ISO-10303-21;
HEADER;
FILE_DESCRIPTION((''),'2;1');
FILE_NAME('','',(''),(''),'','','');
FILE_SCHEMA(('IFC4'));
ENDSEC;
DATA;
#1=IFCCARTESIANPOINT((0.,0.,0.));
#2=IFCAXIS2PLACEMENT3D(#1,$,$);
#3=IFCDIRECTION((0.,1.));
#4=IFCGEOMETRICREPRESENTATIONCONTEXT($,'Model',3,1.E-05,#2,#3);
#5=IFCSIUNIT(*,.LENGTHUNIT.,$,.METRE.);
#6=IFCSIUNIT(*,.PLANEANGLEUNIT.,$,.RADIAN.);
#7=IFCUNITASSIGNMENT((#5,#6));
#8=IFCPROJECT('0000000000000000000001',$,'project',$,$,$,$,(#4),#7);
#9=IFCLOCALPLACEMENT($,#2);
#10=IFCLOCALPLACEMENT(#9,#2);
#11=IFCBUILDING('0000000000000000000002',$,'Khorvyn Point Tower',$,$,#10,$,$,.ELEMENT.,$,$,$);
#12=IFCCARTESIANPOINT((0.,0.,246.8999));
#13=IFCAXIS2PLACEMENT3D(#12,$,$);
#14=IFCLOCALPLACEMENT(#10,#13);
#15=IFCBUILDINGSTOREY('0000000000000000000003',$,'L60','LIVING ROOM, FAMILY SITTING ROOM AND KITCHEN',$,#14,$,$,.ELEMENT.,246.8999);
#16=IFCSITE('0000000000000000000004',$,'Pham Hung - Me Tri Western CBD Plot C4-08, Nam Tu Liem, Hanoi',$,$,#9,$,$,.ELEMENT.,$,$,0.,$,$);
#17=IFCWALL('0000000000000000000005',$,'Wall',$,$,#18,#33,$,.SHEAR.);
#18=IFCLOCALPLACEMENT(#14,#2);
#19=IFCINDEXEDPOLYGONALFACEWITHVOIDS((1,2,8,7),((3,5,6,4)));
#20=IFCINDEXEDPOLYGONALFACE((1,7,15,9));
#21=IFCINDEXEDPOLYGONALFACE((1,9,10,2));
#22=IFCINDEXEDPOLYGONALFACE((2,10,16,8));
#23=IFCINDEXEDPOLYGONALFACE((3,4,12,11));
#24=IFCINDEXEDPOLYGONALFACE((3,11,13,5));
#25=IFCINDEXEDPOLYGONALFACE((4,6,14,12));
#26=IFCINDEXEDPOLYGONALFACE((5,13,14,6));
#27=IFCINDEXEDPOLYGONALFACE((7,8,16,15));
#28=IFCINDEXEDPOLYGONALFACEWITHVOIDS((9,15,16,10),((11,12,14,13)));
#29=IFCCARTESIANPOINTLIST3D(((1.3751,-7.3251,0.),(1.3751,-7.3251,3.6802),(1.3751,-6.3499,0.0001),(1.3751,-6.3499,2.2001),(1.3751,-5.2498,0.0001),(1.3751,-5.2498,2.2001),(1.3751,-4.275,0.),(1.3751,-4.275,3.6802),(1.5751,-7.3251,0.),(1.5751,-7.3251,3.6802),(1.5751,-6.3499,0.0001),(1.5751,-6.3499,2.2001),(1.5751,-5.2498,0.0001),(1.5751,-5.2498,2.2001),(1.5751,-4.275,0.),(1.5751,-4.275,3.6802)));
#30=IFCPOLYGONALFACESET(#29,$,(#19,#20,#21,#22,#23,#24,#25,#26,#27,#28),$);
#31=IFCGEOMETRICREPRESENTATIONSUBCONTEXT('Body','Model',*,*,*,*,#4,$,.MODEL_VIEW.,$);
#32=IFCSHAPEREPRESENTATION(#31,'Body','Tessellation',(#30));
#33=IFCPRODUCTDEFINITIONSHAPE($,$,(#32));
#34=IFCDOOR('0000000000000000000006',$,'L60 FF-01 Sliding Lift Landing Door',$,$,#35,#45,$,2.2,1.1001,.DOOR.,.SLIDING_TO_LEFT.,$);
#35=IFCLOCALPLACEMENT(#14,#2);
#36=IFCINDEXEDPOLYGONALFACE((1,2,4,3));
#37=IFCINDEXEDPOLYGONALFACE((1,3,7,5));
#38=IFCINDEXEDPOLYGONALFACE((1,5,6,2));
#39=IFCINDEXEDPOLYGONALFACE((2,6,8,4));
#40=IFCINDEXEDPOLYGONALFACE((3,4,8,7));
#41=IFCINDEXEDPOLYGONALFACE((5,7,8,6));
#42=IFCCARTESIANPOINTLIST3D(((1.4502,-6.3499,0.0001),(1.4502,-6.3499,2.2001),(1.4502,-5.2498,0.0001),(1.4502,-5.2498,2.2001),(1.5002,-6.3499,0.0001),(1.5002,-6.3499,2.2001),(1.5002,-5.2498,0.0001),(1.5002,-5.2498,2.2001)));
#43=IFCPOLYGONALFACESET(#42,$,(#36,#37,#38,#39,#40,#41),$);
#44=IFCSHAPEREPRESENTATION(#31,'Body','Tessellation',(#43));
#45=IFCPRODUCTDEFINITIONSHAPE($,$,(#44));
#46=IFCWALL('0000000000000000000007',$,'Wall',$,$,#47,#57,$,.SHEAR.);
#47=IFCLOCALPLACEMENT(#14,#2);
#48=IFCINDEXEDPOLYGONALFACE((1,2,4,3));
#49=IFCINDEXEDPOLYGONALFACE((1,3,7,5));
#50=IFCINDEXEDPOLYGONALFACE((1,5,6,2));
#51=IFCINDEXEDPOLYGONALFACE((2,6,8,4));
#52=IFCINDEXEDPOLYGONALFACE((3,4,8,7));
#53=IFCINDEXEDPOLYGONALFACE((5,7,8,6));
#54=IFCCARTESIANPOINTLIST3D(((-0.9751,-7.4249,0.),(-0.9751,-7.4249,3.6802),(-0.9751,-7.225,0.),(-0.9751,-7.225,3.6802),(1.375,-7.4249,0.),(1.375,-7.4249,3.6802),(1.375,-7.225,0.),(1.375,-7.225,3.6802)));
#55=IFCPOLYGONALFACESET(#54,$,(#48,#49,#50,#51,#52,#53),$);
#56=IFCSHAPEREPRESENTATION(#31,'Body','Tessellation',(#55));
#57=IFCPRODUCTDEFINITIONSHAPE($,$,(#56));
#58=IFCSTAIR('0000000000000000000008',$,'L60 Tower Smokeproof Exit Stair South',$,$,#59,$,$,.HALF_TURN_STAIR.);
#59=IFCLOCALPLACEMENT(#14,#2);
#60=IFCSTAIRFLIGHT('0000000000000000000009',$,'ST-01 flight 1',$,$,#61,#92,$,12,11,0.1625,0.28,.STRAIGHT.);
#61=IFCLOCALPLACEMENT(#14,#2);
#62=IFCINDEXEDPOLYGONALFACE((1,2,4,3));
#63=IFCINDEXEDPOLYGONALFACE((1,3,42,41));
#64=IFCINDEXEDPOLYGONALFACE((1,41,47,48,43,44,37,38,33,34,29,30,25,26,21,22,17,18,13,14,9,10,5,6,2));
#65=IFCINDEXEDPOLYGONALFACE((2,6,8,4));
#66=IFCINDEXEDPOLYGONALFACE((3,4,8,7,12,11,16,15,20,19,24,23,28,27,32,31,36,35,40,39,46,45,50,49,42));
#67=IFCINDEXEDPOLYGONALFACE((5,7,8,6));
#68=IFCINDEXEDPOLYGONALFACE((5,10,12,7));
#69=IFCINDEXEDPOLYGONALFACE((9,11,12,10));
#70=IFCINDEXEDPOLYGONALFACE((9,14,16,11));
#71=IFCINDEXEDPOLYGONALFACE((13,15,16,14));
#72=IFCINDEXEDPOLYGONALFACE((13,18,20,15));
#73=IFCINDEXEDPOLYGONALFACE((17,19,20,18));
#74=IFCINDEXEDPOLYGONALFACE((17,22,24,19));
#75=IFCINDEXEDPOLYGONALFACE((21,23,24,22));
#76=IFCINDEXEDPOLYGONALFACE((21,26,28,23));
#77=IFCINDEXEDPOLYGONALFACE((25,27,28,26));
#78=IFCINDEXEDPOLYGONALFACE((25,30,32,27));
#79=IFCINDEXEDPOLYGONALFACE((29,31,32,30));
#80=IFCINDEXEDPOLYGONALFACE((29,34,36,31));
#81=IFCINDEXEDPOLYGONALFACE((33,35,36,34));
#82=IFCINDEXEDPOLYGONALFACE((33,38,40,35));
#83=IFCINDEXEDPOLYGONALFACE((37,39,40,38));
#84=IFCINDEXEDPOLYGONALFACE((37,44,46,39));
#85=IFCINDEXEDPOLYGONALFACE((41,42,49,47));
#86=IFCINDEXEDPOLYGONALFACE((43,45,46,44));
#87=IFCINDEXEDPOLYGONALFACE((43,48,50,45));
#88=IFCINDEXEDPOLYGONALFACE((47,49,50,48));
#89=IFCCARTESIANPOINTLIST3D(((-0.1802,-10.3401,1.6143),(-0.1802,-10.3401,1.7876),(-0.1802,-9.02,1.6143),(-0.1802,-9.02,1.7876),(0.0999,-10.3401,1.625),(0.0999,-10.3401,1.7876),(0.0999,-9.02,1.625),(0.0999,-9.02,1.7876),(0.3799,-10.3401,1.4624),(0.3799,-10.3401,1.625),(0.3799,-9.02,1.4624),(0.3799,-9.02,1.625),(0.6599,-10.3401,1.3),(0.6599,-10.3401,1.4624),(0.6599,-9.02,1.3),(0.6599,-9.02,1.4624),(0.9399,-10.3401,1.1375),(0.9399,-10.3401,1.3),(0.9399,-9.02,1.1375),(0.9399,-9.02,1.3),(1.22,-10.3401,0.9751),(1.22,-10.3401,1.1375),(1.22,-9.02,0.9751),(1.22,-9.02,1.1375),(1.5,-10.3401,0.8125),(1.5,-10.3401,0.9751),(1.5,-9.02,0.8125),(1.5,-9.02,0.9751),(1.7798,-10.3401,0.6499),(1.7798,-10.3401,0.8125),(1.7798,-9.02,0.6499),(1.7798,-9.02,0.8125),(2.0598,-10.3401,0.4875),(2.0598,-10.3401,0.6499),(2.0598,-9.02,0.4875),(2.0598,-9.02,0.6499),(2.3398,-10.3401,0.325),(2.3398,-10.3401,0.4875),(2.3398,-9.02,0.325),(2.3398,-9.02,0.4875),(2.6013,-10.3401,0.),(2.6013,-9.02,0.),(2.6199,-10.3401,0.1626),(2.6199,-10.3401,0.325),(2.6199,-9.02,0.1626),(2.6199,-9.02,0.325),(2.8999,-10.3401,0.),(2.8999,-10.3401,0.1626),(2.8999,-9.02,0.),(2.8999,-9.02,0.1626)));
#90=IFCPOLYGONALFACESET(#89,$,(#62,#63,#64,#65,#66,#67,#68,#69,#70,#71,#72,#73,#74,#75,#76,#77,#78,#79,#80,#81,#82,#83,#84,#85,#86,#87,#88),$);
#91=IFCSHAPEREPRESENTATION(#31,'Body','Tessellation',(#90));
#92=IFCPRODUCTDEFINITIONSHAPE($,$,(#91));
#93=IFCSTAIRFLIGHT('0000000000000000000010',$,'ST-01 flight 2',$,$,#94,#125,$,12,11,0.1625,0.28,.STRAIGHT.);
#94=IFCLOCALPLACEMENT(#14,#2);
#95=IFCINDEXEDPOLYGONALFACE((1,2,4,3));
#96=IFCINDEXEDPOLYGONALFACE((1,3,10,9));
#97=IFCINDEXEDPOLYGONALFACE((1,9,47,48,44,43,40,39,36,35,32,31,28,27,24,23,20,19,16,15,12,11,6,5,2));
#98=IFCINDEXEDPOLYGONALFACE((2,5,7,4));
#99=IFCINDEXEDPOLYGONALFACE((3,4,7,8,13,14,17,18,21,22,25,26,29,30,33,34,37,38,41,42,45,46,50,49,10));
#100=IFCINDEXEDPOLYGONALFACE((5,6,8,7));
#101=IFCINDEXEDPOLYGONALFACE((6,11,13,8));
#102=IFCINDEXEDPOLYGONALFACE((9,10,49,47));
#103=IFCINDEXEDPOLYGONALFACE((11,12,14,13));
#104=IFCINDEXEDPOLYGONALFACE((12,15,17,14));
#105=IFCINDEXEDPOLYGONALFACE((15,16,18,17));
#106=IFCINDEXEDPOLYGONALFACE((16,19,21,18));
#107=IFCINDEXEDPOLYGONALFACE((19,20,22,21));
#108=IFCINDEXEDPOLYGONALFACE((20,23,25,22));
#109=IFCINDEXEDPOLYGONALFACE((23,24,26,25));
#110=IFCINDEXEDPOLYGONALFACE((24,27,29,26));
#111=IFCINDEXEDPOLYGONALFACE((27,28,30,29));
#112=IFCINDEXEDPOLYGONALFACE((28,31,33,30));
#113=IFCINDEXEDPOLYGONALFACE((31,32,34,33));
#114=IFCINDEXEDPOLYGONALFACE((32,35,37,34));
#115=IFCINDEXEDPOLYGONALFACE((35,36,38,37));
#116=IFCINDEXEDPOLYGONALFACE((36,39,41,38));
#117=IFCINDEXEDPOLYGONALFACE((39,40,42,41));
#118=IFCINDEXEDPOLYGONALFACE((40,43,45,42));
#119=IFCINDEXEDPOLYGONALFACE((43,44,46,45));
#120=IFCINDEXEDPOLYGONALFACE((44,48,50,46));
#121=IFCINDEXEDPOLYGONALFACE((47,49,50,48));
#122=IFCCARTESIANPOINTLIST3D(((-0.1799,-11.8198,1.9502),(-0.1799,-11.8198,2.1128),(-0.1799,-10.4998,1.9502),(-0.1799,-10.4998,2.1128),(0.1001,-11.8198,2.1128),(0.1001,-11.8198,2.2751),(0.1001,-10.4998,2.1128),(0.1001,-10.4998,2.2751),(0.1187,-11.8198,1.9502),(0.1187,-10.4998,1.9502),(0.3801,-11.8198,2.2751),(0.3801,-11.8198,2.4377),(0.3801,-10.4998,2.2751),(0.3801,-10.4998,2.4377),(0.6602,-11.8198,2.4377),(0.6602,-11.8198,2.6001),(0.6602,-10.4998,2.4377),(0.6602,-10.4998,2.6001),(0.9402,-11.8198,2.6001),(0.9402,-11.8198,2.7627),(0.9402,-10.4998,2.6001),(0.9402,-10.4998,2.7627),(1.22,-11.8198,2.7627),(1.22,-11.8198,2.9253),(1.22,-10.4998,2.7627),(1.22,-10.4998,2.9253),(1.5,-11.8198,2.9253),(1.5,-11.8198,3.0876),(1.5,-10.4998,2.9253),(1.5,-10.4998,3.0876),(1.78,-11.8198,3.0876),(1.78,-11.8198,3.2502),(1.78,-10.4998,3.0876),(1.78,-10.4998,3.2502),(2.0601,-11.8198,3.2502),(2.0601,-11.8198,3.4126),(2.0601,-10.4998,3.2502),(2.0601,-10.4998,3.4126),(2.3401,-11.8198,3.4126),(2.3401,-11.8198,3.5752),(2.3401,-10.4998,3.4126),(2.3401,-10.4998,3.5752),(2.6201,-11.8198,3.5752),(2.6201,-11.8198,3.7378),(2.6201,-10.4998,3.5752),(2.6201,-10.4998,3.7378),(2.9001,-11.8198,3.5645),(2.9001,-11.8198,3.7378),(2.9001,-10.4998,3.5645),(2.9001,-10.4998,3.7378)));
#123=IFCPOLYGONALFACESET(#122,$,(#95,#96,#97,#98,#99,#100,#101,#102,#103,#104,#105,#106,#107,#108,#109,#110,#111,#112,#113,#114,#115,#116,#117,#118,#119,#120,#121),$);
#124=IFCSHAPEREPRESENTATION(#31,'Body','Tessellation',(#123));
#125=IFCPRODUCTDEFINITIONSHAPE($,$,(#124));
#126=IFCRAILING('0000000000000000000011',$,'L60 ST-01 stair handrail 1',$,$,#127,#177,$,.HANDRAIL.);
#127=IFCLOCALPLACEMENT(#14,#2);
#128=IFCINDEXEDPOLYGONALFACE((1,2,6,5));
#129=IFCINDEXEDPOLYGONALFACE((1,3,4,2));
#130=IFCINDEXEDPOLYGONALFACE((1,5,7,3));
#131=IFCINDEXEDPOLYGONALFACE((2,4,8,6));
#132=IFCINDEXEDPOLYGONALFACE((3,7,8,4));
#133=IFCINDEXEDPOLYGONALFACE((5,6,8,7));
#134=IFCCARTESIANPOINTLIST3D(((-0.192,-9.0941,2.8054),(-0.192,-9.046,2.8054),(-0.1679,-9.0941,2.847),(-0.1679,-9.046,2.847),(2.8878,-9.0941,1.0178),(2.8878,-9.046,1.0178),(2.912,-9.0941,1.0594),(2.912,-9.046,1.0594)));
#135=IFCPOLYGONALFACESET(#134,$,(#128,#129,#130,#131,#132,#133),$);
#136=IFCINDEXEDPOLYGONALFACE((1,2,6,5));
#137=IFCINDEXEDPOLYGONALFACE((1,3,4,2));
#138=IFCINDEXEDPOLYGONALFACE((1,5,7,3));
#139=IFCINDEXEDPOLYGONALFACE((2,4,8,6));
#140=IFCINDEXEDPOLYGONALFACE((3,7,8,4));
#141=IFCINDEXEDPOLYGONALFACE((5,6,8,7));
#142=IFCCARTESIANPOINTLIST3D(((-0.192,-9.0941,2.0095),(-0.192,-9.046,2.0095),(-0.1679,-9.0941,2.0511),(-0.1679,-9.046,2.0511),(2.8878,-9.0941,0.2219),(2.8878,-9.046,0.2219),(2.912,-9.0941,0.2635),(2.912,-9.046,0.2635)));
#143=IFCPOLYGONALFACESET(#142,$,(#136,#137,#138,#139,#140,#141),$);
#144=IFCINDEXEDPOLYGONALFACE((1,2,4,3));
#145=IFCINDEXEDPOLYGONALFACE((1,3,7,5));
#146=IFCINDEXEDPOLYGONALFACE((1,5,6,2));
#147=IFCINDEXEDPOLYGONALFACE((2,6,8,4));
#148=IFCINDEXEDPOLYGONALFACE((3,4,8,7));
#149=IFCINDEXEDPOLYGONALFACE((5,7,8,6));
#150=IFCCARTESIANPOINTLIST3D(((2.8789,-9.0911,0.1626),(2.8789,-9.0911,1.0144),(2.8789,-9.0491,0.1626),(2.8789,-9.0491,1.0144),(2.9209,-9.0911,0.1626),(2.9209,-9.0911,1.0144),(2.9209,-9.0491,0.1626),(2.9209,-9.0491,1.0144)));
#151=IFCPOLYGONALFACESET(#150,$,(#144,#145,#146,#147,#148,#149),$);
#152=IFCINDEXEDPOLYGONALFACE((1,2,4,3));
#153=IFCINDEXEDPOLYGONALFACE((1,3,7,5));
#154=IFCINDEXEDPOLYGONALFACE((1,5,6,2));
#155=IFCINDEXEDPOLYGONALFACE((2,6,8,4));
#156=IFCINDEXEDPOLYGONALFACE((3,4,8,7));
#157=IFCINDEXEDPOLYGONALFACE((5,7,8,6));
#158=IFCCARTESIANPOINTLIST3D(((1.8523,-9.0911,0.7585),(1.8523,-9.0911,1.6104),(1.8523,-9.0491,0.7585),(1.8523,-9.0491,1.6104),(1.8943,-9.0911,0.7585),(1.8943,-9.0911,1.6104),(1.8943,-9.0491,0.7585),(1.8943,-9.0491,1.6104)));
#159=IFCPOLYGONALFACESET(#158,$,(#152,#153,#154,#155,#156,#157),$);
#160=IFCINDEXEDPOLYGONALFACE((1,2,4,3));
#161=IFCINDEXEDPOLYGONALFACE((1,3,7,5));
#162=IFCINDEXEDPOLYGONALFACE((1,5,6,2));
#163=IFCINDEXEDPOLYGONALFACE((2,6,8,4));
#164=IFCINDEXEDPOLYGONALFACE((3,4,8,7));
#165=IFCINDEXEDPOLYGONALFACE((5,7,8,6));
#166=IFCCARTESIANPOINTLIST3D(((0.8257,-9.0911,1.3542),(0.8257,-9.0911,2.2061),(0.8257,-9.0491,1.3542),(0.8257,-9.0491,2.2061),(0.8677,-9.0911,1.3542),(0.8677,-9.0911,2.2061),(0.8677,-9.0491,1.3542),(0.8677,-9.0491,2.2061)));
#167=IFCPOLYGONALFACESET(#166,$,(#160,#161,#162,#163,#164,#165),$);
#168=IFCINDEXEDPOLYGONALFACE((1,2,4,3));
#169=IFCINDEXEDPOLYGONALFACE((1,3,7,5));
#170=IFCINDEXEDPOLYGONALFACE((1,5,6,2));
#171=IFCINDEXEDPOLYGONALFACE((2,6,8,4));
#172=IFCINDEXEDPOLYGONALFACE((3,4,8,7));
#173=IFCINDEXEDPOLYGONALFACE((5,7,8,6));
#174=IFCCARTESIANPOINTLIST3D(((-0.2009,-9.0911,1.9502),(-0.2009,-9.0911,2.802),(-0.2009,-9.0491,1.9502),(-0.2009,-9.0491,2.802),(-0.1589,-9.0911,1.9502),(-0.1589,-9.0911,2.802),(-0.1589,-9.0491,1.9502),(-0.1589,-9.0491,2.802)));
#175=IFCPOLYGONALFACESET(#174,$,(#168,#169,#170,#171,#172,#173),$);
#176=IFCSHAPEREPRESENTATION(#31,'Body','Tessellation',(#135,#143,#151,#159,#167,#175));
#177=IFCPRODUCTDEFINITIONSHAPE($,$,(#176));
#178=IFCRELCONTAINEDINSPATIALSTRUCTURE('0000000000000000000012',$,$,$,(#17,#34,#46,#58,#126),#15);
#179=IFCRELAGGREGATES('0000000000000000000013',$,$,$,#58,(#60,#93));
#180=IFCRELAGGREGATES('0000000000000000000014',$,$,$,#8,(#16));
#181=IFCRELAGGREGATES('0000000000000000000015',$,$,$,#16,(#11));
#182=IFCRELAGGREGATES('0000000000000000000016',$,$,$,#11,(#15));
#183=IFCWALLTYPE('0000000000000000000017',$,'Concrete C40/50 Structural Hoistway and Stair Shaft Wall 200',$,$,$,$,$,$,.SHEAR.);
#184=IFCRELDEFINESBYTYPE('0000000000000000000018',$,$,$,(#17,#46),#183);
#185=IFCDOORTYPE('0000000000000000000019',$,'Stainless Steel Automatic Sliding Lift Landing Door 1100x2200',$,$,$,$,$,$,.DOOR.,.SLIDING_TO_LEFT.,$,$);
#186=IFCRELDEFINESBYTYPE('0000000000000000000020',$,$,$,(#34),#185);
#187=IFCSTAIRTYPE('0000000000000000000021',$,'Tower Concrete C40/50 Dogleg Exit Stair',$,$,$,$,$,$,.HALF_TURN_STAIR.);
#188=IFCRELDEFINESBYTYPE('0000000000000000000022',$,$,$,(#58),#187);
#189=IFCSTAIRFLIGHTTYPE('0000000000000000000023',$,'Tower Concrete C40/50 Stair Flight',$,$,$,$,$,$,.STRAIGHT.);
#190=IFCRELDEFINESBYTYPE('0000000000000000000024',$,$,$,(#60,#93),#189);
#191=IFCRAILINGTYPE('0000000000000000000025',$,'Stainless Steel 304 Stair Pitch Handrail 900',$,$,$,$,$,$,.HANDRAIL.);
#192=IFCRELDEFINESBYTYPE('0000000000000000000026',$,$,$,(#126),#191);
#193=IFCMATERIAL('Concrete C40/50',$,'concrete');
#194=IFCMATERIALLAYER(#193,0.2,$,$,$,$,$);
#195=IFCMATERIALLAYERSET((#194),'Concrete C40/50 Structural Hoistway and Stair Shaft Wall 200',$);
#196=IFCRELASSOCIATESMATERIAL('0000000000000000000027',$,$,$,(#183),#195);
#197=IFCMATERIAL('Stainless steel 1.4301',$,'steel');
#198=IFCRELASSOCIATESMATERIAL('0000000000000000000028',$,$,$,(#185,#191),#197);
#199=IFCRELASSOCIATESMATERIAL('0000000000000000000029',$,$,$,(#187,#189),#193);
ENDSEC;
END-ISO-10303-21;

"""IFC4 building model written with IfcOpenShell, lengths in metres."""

from ifc_helpers import new_model, si_unit, direction, frame, frame_2d, origin, origin_2d, place, context, subcontext, project, spatial, polyline, rectangle, outline, extrude, material, layer, layer_set, type_object, element, fill, aggregate, save


model = new_model("IFC4")

# Units and contexts
model_context = context("Model", 3, precision=1e-05, world=origin(), true_north=direction((0.0, 1.0)))
body_context = subcontext(model_context, "Body", "Model", "MODEL_VIEW")
ifc_project = project(units=[si_unit("LENGTHUNIT", "METRE"), si_unit("PLANEANGLEUNIT", "RADIAN")], contexts=[model_context])

# Site, building, storey
site_placement = place(None, origin())
site = spatial("IfcSite", under=ifc_project, at=site_placement, Name="Pham Hung - Me Tri Western CBD Plot C4-08, Nam Tu Liem, Hanoi", CompositionType="ELEMENT", RefElevation=0.0)
building_placement = place(site_placement, origin())
building = spatial("IfcBuilding", under=site, at=building_placement, Name="Khorvyn Point Tower", CompositionType="ELEMENT")
storey_placement = place(building_placement, frame((0.0, 0.0, 246.8999)))
storey = spatial("IfcBuildingStorey", under=building, at=storey_placement, Name="L60", Description="LIVING ROOM, FAMILY SITTING ROOM AND KITCHEN", CompositionType="ELEMENT", Elevation=246.8999)

# Shared definitions
ifc_material_1 = material(Name="Concrete C40/50", Category="concrete")

# Shared definitions
ifc_layer_1 = layer(ifc_material_1, 0.2)
ifc_layer_set_1 = layer_set([ifc_layer_1], Name="Concrete C40/50 Structural Hoistway and Stair Shaft Wall 200")
wall_type_1 = type_object("IfcWallType", Name="Concrete C40/50 Structural Hoistway and Stair Shaft Wall 200", PredefinedType="SHEAR", material=ifc_layer_set_1)

# Wall, opening, door
wall_1_placement = place(storey_placement, frame((1.4751, -7.325, 0.0), z_axis=(0.0, 0.0, 1.0), x_axis=(0.0, 1.0, 0.0)))
wall_1 = element("IfcWall", 1, at=wall_1_placement, inside=storey, type_object=wall_type_1, Name="Wall", PredefinedType="SHEAR", context=body_context, shape_type="SweptSolid", body=[
    extrude(rectangle(XDim=3.05, YDim=0.2, at=frame_2d((1.5249, 0.0))), origin(), (0.0, 0.0, 1.0), 3.6802),
])
opening_1_placement = place(wall_1_placement, frame((0.9751, 0.0, 0.0)))
opening_1 = element("IfcOpeningElement", 2, at=opening_1_placement, cuts=wall_1, PredefinedType="OPENING", context=body_context, shape_type="SweptSolid", body=[
    extrude(rectangle(XDim=1.1001, YDim=2.2, at=frame_2d((0.55, 1.1001))), frame((0.0, 0.1099, 0.0), z_axis=(0.0, -1.0, 0.0), x_axis=(1.0, 0.0, 0.0)), (0.0, 0.0, 1.0), 0.22),
])
ifc_material_2 = material(Name="Stainless steel 1.4301", Category="steel")
door_type_1 = type_object("IfcDoorType", Name="Stainless Steel Automatic Sliding Lift Landing Door 1100x2200", OperationType="SLIDING_TO_LEFT", PredefinedType="DOOR", material=ifc_material_2)
door_1_placement = place(opening_1_placement, origin())
door_1 = element("IfcDoor", 3, at=door_1_placement, inside=storey, type_object=door_type_1, Name="L60 FF-01 Sliding Lift Landing Door", OperationType="SLIDING_TO_LEFT", OverallHeight=2.2, OverallWidth=1.1001, PredefinedType="DOOR", context=body_context, shape_type="SweptSolid", body=[
    extrude(rectangle(XDim=1.1001, YDim=2.2, at=frame_2d((0.55, 1.1001))), frame((0.0, 0.0249, 0.0), z_axis=(0.0, -1.0, 0.0), x_axis=(1.0, 0.0, 0.0)), (0.0, 0.0, 1.0), 0.05),
])
fill(opening_1, door_1)

# Wall
wall_2_placement = place(storey_placement, frame((-0.9751, -7.325, 0.0), z_axis=(0.0, 0.0, 1.0), x_axis=(1.0, 0.0, 0.0)))
element("IfcWall", 4, at=wall_2_placement, inside=storey, type_object=wall_type_1, Name="Wall", PredefinedType="SHEAR", context=body_context, shape_type="SweptSolid", body=[
    extrude(rectangle(XDim=2.3501, YDim=0.2, at=frame_2d((1.175, 0.0))), origin(), (0.0, 0.0, 1.0), 3.6802),
])

# Stair, stair flights
stair_type = type_object("IfcStairType", Name="Tower Concrete C40/50 Dogleg Exit Stair", PredefinedType="HALF_TURN_STAIR", material=ifc_material_1)
stair_placement = place(storey_placement, origin())
stair = element("IfcStair", 5, at=stair_placement, inside=storey, type_object=stair_type, Name="L60 Tower Smokeproof Exit Stair South", PredefinedType="HALF_TURN_STAIR")
stair_flight_type = type_object("IfcStairFlightType", Name="Tower Concrete C40/50 Stair Flight", PredefinedType="STRAIGHT", material=ifc_material_1)
stair_flight_1_placement = place(storey_placement, frame((2.8999, -9.6799, 0.0), z_axis=(0.0, 0.0, 1.0), x_axis=(-1.0, 0.0, 0.0)))
stair_flight_1 = element("IfcStairFlight", 6, at=stair_flight_1_placement, type_object=stair_flight_type, Name="ST-01 flight 1", NumberOfRisers=12, NumberOfTreads=11, PredefinedType="STRAIGHT", RiserHeight=0.1625, TreadLength=0.28, context=body_context, shape_type="SweptSolid", body=[
    extrude(outline(polyline([(0.0, 0.0), (0.0, 0.1626), (0.28, 0.1626), (0.28, 0.325), (0.5601, 0.325), (0.5601, 0.4875), (0.8401, 0.4875), (0.8401, 0.6499), (1.1201, 0.6499), (1.1201, 0.8125), (1.3999, 0.8125), (1.3999, 0.9751), (1.6799, 0.9751), (1.6799, 1.1375), (1.96, 1.1375), (1.96, 1.3), (2.24, 1.3), (2.24, 1.4624), (2.52, 1.4624), (2.52, 1.625), (2.8, 1.625), (2.8, 1.7876), (3.0801, 1.7876), (3.0801, 1.95), (3.0801, 1.6143), (0.2986, 0.0), (0.0, 0.0)])), frame((0.0, 0.6602, 0.0), z_axis=(0.0, -1.0, 0.0), x_axis=(1.0, 0.0, 0.0)), (0.0, 0.0, 1.0), 1.3201),
])
stair_flight_2_placement = place(storey_placement, frame((-0.1799, -11.1599, 1.9502), z_axis=(0.0, 0.0, 1.0), x_axis=(1.0, 0.0, 0.0)))
stair_flight_2 = element("IfcStairFlight", 7, at=stair_flight_2_placement, type_object=stair_flight_type, Name="ST-01 flight 2", NumberOfRisers=12, NumberOfTreads=11, PredefinedType="STRAIGHT", RiserHeight=0.1625, TreadLength=0.28, context=body_context, shape_type="SweptSolid", body=[
    extrude(outline(polyline([(0.0, 0.0), (0.0, 0.1626), (0.28, 0.1626), (0.28, 0.325), (0.5601, 0.325), (0.5601, 0.4875), (0.8401, 0.4875), (0.8401, 0.6499), (1.1201, 0.6499), (1.1201, 0.8125), (1.3999, 0.8125), (1.3999, 0.9751), (1.6799, 0.9751), (1.6799, 1.1375), (1.96, 1.1375), (1.96, 1.3), (2.24, 1.3), (2.24, 1.4624), (2.52, 1.4624), (2.52, 1.625), (2.8, 1.625), (2.8, 1.7876), (3.0801, 1.7876), (3.0801, 1.95), (3.0801, 1.6143), (0.2986, 0.0), (0.0, 0.0)])), frame((0.0, 0.6602, 0.0), z_axis=(0.0, -1.0, 0.0), x_axis=(1.0, 0.0, 0.0)), (0.0, 0.0, 1.0), 1.3201),
])
aggregate(stair, [stair_flight_1, stair_flight_2])

# Railing
railing_type_1 = type_object("IfcRailingType", Name="Stainless Steel 304 Stair Pitch Handrail 900", PredefinedType="HANDRAIL", material=ifc_material_2)
railing_1_placement = place(storey_placement, frame((2.8999, -9.0701, 0.1626)))
element("IfcRailing", 8, at=railing_1_placement, inside=storey, type_object=railing_type_1, Name="L60 ST-01 stair handrail 1", PredefinedType="HANDRAIL", context=body_context, shape_type="SweptSolid", body=[
    extrude(rectangle(XDim=0.0481, YDim=0.0481, at=origin_2d()), frame((0.0, 0.0, 0.876), z_axis=(-0.864873, 0.0, 0.50199), x_axis=(0.0, -1.0, 0.0)), (0.0, 0.0, 1.0), 3.561),
    extrude(rectangle(XDim=0.0481, YDim=0.0481, at=origin_2d()), frame((0.0, 0.0, 0.0801), z_axis=(-0.864873, 0.0, 0.50199), x_axis=(0.0, -1.0, 0.0)), (0.0, 0.0, 1.0), 3.561),
    extrude(rectangle(XDim=0.042, YDim=0.042, at=origin_2d()), origin(), (0.0, 0.0, 1.0), 0.8518),
    extrude(rectangle(XDim=0.042, YDim=0.042, at=origin_2d()), frame((-1.0266, 0.0, 0.5959)), (0.0, 0.0, 1.0), 0.8518),
    extrude(rectangle(XDim=0.042, YDim=0.042, at=origin_2d()), frame((-2.0532, 0.0, 1.1917)), (0.0, 0.0, 1.0), 0.8518),
    extrude(rectangle(XDim=0.042, YDim=0.042, at=origin_2d()), frame((-3.0798, 0.0, 1.7876)), (0.0, 0.0, 1.0), 0.8518),
])

save(model, "model.ifc")
